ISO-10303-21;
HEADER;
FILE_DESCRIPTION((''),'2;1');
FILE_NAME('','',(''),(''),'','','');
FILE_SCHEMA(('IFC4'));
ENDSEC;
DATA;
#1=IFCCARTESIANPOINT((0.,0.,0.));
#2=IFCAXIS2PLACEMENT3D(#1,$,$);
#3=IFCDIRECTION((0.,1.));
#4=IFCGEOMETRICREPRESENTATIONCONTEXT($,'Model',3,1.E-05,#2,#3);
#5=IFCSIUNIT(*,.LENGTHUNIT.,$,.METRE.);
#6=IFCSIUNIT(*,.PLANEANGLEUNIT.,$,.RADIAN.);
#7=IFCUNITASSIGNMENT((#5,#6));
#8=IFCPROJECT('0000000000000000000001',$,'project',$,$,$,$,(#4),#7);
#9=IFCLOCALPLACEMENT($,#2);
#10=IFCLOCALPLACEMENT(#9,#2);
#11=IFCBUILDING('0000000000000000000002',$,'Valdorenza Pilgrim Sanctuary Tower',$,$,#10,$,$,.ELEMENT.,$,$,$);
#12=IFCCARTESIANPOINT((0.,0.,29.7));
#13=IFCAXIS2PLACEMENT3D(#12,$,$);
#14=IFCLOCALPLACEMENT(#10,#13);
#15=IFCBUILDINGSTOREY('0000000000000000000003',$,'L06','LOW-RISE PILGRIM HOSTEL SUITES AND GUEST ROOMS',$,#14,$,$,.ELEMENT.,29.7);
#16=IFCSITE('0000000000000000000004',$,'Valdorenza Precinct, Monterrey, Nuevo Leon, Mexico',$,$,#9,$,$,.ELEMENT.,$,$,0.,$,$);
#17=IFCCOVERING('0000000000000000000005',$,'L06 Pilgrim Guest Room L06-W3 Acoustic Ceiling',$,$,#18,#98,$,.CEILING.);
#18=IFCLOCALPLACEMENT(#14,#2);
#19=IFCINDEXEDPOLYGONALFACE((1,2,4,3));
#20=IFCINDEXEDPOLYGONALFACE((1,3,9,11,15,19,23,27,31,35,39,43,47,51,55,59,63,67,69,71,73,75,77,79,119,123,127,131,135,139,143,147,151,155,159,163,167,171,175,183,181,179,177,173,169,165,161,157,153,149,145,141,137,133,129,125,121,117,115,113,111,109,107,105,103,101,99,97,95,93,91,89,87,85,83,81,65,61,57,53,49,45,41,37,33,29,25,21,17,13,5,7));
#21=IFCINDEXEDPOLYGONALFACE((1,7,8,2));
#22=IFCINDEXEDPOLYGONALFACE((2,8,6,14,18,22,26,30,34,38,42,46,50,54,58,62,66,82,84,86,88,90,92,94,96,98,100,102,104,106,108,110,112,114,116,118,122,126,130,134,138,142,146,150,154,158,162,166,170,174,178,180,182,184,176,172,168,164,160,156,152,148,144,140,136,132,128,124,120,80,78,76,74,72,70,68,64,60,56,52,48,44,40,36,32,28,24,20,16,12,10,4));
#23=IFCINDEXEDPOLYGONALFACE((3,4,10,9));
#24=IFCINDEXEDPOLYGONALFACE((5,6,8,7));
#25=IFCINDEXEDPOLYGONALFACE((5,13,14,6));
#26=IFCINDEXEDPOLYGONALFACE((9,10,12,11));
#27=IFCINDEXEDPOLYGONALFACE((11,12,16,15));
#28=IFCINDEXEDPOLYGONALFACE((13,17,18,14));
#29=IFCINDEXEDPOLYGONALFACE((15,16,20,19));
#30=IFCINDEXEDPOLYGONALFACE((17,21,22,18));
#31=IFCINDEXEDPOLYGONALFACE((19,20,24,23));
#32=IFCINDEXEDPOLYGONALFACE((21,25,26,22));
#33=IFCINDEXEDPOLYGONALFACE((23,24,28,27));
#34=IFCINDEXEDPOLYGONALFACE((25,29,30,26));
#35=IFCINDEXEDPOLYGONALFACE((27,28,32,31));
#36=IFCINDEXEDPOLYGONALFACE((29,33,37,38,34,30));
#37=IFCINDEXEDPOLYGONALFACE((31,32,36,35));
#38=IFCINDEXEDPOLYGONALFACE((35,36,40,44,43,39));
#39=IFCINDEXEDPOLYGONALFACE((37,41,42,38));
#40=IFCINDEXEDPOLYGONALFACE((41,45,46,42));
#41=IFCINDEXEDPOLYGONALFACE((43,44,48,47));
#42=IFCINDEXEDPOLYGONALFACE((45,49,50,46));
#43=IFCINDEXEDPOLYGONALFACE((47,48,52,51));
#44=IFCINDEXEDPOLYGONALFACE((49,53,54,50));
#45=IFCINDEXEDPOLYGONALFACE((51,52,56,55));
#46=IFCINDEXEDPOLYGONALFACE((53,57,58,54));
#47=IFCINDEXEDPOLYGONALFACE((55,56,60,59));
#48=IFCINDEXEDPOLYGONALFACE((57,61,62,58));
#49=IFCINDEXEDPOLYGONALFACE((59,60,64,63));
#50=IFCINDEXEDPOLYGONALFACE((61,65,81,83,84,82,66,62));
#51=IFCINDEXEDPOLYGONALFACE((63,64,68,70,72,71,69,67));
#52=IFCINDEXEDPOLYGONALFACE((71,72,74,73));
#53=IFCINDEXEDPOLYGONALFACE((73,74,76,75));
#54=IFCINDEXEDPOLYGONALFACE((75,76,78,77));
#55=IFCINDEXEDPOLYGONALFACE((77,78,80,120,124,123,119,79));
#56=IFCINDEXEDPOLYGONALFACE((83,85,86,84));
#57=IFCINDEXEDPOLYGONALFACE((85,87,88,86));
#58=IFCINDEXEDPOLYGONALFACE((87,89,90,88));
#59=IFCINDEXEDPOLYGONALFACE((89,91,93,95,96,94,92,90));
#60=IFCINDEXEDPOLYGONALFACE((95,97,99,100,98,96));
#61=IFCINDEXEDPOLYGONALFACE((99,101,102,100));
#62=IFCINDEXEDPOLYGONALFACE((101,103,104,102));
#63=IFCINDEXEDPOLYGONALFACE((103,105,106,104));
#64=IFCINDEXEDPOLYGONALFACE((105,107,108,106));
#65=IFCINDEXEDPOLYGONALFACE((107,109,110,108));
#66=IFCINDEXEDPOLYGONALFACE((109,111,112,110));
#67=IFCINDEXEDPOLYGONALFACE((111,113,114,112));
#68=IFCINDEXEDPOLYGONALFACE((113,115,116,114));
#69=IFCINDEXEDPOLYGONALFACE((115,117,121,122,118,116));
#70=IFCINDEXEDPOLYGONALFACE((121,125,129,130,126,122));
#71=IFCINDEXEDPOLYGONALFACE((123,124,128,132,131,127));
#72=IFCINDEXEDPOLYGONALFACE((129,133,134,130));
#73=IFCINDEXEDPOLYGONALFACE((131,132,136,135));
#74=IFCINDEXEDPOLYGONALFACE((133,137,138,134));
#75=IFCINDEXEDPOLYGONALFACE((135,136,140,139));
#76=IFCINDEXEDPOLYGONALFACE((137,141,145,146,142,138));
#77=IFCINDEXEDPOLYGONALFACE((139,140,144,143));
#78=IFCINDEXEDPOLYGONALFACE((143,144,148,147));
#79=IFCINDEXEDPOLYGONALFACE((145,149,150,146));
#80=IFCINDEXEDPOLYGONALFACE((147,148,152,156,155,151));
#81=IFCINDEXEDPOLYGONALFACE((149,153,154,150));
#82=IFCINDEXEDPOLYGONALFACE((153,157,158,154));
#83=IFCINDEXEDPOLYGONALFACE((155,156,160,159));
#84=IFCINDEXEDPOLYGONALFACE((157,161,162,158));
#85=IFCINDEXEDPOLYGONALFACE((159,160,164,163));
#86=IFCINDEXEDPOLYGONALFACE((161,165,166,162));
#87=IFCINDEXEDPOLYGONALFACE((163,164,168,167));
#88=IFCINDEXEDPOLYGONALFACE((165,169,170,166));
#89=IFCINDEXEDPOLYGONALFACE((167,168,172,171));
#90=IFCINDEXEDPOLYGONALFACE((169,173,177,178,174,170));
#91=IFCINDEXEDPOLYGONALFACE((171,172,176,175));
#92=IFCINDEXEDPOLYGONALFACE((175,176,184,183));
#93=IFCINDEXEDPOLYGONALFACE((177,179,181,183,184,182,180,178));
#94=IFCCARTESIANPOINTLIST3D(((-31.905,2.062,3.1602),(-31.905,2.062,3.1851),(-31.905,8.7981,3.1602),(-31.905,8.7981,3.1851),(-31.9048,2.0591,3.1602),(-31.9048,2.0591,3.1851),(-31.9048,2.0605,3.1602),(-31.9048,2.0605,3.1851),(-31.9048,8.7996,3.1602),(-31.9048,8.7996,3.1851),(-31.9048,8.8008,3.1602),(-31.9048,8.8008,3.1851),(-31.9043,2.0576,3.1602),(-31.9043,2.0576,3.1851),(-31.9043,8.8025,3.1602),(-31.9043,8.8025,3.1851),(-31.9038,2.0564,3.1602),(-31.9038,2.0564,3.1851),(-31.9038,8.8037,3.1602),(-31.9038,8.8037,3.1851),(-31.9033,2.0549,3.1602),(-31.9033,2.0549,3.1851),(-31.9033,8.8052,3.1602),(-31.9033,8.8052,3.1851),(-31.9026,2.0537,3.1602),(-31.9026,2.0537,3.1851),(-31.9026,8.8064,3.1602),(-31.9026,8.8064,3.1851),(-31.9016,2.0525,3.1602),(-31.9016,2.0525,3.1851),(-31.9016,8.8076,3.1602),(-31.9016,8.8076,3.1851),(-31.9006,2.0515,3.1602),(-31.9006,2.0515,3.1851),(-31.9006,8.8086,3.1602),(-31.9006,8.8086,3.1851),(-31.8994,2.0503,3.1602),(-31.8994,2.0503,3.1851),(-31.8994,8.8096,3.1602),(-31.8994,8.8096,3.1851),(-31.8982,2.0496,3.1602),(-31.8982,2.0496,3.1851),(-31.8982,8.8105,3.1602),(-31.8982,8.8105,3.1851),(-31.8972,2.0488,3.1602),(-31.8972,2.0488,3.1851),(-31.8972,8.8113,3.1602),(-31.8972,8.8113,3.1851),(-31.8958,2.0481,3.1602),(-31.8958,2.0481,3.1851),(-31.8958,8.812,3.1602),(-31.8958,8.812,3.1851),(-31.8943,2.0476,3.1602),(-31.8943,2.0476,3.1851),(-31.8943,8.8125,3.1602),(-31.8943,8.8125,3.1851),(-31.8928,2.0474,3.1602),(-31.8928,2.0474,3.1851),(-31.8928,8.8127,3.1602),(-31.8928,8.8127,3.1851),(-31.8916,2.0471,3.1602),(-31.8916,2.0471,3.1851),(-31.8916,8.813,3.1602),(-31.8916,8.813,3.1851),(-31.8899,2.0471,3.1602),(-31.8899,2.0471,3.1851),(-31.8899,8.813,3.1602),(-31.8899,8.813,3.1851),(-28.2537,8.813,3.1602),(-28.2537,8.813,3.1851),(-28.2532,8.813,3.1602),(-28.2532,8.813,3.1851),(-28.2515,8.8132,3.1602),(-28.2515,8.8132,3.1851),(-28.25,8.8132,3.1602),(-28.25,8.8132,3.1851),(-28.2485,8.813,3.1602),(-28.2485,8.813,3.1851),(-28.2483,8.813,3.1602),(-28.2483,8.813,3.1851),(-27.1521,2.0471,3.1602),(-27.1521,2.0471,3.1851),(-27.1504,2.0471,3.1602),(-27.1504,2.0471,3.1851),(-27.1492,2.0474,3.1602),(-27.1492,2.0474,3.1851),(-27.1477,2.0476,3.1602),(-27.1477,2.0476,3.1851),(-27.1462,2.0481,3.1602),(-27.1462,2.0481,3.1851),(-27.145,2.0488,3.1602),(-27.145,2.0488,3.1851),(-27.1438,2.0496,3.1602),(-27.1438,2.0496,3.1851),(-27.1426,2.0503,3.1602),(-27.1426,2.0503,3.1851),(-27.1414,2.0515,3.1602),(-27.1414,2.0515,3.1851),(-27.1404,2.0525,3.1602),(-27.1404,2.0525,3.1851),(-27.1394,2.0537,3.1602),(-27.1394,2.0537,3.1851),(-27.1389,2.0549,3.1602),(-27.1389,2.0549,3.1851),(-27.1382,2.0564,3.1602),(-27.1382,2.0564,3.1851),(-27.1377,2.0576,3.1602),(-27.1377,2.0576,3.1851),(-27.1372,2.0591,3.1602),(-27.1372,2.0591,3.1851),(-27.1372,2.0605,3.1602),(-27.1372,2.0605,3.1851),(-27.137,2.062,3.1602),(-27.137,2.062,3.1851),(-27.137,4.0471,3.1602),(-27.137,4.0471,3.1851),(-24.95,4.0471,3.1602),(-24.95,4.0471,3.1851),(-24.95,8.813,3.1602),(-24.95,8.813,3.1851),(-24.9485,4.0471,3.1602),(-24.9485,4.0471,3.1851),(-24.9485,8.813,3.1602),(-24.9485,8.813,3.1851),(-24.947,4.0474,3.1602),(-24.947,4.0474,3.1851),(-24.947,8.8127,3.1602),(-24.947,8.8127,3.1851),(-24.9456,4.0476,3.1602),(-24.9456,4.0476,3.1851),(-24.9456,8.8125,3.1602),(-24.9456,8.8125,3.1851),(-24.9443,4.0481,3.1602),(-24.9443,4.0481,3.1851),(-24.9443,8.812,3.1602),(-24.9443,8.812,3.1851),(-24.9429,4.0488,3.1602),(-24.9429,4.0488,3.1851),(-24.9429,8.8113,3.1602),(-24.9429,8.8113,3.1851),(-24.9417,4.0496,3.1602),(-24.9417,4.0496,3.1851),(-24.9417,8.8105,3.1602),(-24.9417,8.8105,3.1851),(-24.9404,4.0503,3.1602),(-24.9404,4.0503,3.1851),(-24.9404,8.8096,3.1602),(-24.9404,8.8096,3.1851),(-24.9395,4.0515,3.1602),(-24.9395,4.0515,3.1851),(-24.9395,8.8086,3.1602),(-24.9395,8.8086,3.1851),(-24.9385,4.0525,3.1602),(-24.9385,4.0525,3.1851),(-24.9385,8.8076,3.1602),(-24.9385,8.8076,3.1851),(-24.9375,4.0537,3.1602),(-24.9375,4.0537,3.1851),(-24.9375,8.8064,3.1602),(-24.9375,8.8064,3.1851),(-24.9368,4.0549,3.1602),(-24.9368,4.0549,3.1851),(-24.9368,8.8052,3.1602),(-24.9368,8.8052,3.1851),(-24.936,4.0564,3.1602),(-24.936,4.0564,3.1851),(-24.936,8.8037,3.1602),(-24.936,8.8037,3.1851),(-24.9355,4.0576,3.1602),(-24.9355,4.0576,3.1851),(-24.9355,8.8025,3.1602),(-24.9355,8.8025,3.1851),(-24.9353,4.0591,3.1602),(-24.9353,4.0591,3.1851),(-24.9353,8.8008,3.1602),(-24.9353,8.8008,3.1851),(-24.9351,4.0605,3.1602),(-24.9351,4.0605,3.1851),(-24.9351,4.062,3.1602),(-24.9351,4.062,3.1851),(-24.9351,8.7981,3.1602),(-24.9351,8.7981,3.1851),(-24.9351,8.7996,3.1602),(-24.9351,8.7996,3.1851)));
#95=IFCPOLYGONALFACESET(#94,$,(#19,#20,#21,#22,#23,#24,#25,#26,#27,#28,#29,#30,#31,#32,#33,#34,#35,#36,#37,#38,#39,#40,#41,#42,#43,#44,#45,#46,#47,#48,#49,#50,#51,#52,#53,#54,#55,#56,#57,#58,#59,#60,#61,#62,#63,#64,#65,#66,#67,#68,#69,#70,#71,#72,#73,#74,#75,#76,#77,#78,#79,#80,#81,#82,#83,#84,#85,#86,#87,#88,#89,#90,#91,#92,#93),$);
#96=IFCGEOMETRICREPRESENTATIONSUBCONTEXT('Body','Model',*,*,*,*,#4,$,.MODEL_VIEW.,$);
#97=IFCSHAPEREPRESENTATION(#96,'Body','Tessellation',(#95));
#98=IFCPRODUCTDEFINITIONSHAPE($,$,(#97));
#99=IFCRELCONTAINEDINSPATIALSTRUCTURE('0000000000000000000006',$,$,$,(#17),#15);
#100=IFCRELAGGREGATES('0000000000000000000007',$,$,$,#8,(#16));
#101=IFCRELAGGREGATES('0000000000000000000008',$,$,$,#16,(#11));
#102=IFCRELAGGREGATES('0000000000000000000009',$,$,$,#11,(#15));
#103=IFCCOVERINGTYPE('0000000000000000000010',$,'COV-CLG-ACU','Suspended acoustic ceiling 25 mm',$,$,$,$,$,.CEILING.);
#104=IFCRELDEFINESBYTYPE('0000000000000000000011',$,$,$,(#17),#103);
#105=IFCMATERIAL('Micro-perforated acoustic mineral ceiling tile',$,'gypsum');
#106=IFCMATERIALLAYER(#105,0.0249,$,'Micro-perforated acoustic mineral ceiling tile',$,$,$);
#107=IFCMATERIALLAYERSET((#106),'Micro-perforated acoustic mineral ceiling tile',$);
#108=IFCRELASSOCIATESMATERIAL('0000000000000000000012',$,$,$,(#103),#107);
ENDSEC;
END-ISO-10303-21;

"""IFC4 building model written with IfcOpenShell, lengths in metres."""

from ifc_helpers import new_model, si_unit, direction, frame, origin, place, context, subcontext, project, spatial, polyline, outline, extrude, material, layer, layer_set, type_object, element, save


model = new_model("IFC4")

# Units and contexts
model_context = context("Model", 3, precision=1e-05, world=origin(), true_north=direction((0.0, 1.0)))
body_context = subcontext(model_context, "Body", "Model", "MODEL_VIEW")
ifc_project = project(units=[si_unit("LENGTHUNIT", "METRE"), si_unit("PLANEANGLEUNIT", "RADIAN")], contexts=[model_context])

# Site, building, storey
site_placement = place(None, origin())
site = spatial("IfcSite", under=ifc_project, at=site_placement, Name="Valdorenza Precinct, Monterrey, Nuevo Leon, Mexico", CompositionType="ELEMENT", RefElevation=0.0)
building_placement = place(site_placement, origin())
building = spatial("IfcBuilding", under=site, at=building_placement, Name="Valdorenza Pilgrim Sanctuary Tower", CompositionType="ELEMENT")
storey_placement = place(building_placement, frame((0.0, 0.0, 29.7)))
storey = spatial("IfcBuildingStorey", under=building, at=storey_placement, Name="L06", Description="LOW-RISE PILGRIM HOSTEL SUITES AND GUEST ROOMS", CompositionType="ELEMENT", Elevation=29.7)

# Covering
ifc_material_1 = material(Name="Micro-perforated acoustic mineral ceiling tile", Category="gypsum")
ifc_layer_1 = layer(ifc_material_1, 0.0249, Name="Micro-perforated acoustic mineral ceiling tile")
ifc_layer_set_1 = layer_set([ifc_layer_1], Name="Micro-perforated acoustic mineral ceiling tile")
covering_type_1 = type_object("IfcCoveringType", Name="COV-CLG-ACU", Description="Suspended acoustic ceiling 25 mm", PredefinedType="CEILING", material=ifc_layer_set_1)
covering_1_placement = place(storey_placement, frame((0.0, 0.0, 3.1602)))
element("IfcCovering", 1, at=covering_1_placement, inside=storey, type_object=covering_type_1, Name="L06 Pilgrim Guest Room L06-W3 Acoustic Ceiling", PredefinedType="CEILING", context=body_context, shape_type="SweptSolid", body=[
    extrude(outline(polyline([(-28.2537, 8.813), (-28.2532, 8.813), (-28.2515, 8.8132), (-28.25, 8.8132), (-28.2485, 8.813), (-28.2483, 8.813), (-24.95, 8.813), (-24.9485, 8.813), (-24.947, 8.8127), (-24.9456, 8.8125), (-24.9443, 8.812), (-24.9429, 8.8113), (-24.9417, 8.8105), (-24.9404, 8.8096), (-24.9395, 8.8086), (-24.9385, 8.8076), (-24.9375, 8.8064), (-24.9368, 8.8052), (-24.936, 8.8037), (-24.9355, 8.8025), (-24.9353, 8.8008), (-24.9351, 8.7996), (-24.9351, 8.7981), (-24.9351, 4.062), (-24.9351, 4.0605), (-24.9353, 4.0591), (-24.9355, 4.0576), (-24.936, 4.0564), (-24.9368, 4.0549), (-24.9375, 4.0537), (-24.9385, 4.0525), (-24.9395, 4.0515), (-24.9404, 4.0503), (-24.9417, 4.0496), (-24.9429, 4.0488), (-24.9443, 4.0481), (-24.9456, 4.0476), (-24.947, 4.0474), (-24.9485, 4.0471), (-24.95, 4.0471), (-27.137, 4.0471), (-27.137, 2.062), (-27.1372, 2.0605), (-27.1372, 2.0591), (-27.1377, 2.0576), (-27.1382, 2.0564), (-27.1389, 2.0549), (-27.1394, 2.0537), (-27.1404, 2.0525), (-27.1414, 2.0515), (-27.1426, 2.0503), (-27.1438, 2.0496), (-27.145, 2.0488), (-27.1462, 2.0481), (-27.1477, 2.0476), (-27.1492, 2.0474), (-27.1504, 2.0471), (-27.1521, 2.0471), (-31.8899, 2.0471), (-31.8916, 2.0471), (-31.8928, 2.0474), (-31.8943, 2.0476), (-31.8958, 2.0481), (-31.8972, 2.0488), (-31.8982, 2.0496), (-31.8994, 2.0503), (-31.9006, 2.0515), (-31.9016, 2.0525), (-31.9026, 2.0537), (-31.9033, 2.0549), (-31.9038, 2.0564), (-31.9043, 2.0576), (-31.9048, 2.0591), (-31.9048, 2.0605), (-31.905, 2.062), (-31.905, 8.7981), (-31.9048, 8.7996), (-31.9048, 8.8008), (-31.9043, 8.8025), (-31.9038, 8.8037), (-31.9033, 8.8052), (-31.9026, 8.8064), (-31.9016, 8.8076), (-31.9006, 8.8086), (-31.8994, 8.8096), (-31.8982, 8.8105), (-31.8972, 8.8113), (-31.8958, 8.812), (-31.8943, 8.8125), (-31.8928, 8.8127), (-31.8916, 8.813), (-31.8899, 8.813), (-28.2537, 8.813)])), origin(), (0.0, 0.0, 1.0), 0.0249),
])

save(model, "model.ifc")
